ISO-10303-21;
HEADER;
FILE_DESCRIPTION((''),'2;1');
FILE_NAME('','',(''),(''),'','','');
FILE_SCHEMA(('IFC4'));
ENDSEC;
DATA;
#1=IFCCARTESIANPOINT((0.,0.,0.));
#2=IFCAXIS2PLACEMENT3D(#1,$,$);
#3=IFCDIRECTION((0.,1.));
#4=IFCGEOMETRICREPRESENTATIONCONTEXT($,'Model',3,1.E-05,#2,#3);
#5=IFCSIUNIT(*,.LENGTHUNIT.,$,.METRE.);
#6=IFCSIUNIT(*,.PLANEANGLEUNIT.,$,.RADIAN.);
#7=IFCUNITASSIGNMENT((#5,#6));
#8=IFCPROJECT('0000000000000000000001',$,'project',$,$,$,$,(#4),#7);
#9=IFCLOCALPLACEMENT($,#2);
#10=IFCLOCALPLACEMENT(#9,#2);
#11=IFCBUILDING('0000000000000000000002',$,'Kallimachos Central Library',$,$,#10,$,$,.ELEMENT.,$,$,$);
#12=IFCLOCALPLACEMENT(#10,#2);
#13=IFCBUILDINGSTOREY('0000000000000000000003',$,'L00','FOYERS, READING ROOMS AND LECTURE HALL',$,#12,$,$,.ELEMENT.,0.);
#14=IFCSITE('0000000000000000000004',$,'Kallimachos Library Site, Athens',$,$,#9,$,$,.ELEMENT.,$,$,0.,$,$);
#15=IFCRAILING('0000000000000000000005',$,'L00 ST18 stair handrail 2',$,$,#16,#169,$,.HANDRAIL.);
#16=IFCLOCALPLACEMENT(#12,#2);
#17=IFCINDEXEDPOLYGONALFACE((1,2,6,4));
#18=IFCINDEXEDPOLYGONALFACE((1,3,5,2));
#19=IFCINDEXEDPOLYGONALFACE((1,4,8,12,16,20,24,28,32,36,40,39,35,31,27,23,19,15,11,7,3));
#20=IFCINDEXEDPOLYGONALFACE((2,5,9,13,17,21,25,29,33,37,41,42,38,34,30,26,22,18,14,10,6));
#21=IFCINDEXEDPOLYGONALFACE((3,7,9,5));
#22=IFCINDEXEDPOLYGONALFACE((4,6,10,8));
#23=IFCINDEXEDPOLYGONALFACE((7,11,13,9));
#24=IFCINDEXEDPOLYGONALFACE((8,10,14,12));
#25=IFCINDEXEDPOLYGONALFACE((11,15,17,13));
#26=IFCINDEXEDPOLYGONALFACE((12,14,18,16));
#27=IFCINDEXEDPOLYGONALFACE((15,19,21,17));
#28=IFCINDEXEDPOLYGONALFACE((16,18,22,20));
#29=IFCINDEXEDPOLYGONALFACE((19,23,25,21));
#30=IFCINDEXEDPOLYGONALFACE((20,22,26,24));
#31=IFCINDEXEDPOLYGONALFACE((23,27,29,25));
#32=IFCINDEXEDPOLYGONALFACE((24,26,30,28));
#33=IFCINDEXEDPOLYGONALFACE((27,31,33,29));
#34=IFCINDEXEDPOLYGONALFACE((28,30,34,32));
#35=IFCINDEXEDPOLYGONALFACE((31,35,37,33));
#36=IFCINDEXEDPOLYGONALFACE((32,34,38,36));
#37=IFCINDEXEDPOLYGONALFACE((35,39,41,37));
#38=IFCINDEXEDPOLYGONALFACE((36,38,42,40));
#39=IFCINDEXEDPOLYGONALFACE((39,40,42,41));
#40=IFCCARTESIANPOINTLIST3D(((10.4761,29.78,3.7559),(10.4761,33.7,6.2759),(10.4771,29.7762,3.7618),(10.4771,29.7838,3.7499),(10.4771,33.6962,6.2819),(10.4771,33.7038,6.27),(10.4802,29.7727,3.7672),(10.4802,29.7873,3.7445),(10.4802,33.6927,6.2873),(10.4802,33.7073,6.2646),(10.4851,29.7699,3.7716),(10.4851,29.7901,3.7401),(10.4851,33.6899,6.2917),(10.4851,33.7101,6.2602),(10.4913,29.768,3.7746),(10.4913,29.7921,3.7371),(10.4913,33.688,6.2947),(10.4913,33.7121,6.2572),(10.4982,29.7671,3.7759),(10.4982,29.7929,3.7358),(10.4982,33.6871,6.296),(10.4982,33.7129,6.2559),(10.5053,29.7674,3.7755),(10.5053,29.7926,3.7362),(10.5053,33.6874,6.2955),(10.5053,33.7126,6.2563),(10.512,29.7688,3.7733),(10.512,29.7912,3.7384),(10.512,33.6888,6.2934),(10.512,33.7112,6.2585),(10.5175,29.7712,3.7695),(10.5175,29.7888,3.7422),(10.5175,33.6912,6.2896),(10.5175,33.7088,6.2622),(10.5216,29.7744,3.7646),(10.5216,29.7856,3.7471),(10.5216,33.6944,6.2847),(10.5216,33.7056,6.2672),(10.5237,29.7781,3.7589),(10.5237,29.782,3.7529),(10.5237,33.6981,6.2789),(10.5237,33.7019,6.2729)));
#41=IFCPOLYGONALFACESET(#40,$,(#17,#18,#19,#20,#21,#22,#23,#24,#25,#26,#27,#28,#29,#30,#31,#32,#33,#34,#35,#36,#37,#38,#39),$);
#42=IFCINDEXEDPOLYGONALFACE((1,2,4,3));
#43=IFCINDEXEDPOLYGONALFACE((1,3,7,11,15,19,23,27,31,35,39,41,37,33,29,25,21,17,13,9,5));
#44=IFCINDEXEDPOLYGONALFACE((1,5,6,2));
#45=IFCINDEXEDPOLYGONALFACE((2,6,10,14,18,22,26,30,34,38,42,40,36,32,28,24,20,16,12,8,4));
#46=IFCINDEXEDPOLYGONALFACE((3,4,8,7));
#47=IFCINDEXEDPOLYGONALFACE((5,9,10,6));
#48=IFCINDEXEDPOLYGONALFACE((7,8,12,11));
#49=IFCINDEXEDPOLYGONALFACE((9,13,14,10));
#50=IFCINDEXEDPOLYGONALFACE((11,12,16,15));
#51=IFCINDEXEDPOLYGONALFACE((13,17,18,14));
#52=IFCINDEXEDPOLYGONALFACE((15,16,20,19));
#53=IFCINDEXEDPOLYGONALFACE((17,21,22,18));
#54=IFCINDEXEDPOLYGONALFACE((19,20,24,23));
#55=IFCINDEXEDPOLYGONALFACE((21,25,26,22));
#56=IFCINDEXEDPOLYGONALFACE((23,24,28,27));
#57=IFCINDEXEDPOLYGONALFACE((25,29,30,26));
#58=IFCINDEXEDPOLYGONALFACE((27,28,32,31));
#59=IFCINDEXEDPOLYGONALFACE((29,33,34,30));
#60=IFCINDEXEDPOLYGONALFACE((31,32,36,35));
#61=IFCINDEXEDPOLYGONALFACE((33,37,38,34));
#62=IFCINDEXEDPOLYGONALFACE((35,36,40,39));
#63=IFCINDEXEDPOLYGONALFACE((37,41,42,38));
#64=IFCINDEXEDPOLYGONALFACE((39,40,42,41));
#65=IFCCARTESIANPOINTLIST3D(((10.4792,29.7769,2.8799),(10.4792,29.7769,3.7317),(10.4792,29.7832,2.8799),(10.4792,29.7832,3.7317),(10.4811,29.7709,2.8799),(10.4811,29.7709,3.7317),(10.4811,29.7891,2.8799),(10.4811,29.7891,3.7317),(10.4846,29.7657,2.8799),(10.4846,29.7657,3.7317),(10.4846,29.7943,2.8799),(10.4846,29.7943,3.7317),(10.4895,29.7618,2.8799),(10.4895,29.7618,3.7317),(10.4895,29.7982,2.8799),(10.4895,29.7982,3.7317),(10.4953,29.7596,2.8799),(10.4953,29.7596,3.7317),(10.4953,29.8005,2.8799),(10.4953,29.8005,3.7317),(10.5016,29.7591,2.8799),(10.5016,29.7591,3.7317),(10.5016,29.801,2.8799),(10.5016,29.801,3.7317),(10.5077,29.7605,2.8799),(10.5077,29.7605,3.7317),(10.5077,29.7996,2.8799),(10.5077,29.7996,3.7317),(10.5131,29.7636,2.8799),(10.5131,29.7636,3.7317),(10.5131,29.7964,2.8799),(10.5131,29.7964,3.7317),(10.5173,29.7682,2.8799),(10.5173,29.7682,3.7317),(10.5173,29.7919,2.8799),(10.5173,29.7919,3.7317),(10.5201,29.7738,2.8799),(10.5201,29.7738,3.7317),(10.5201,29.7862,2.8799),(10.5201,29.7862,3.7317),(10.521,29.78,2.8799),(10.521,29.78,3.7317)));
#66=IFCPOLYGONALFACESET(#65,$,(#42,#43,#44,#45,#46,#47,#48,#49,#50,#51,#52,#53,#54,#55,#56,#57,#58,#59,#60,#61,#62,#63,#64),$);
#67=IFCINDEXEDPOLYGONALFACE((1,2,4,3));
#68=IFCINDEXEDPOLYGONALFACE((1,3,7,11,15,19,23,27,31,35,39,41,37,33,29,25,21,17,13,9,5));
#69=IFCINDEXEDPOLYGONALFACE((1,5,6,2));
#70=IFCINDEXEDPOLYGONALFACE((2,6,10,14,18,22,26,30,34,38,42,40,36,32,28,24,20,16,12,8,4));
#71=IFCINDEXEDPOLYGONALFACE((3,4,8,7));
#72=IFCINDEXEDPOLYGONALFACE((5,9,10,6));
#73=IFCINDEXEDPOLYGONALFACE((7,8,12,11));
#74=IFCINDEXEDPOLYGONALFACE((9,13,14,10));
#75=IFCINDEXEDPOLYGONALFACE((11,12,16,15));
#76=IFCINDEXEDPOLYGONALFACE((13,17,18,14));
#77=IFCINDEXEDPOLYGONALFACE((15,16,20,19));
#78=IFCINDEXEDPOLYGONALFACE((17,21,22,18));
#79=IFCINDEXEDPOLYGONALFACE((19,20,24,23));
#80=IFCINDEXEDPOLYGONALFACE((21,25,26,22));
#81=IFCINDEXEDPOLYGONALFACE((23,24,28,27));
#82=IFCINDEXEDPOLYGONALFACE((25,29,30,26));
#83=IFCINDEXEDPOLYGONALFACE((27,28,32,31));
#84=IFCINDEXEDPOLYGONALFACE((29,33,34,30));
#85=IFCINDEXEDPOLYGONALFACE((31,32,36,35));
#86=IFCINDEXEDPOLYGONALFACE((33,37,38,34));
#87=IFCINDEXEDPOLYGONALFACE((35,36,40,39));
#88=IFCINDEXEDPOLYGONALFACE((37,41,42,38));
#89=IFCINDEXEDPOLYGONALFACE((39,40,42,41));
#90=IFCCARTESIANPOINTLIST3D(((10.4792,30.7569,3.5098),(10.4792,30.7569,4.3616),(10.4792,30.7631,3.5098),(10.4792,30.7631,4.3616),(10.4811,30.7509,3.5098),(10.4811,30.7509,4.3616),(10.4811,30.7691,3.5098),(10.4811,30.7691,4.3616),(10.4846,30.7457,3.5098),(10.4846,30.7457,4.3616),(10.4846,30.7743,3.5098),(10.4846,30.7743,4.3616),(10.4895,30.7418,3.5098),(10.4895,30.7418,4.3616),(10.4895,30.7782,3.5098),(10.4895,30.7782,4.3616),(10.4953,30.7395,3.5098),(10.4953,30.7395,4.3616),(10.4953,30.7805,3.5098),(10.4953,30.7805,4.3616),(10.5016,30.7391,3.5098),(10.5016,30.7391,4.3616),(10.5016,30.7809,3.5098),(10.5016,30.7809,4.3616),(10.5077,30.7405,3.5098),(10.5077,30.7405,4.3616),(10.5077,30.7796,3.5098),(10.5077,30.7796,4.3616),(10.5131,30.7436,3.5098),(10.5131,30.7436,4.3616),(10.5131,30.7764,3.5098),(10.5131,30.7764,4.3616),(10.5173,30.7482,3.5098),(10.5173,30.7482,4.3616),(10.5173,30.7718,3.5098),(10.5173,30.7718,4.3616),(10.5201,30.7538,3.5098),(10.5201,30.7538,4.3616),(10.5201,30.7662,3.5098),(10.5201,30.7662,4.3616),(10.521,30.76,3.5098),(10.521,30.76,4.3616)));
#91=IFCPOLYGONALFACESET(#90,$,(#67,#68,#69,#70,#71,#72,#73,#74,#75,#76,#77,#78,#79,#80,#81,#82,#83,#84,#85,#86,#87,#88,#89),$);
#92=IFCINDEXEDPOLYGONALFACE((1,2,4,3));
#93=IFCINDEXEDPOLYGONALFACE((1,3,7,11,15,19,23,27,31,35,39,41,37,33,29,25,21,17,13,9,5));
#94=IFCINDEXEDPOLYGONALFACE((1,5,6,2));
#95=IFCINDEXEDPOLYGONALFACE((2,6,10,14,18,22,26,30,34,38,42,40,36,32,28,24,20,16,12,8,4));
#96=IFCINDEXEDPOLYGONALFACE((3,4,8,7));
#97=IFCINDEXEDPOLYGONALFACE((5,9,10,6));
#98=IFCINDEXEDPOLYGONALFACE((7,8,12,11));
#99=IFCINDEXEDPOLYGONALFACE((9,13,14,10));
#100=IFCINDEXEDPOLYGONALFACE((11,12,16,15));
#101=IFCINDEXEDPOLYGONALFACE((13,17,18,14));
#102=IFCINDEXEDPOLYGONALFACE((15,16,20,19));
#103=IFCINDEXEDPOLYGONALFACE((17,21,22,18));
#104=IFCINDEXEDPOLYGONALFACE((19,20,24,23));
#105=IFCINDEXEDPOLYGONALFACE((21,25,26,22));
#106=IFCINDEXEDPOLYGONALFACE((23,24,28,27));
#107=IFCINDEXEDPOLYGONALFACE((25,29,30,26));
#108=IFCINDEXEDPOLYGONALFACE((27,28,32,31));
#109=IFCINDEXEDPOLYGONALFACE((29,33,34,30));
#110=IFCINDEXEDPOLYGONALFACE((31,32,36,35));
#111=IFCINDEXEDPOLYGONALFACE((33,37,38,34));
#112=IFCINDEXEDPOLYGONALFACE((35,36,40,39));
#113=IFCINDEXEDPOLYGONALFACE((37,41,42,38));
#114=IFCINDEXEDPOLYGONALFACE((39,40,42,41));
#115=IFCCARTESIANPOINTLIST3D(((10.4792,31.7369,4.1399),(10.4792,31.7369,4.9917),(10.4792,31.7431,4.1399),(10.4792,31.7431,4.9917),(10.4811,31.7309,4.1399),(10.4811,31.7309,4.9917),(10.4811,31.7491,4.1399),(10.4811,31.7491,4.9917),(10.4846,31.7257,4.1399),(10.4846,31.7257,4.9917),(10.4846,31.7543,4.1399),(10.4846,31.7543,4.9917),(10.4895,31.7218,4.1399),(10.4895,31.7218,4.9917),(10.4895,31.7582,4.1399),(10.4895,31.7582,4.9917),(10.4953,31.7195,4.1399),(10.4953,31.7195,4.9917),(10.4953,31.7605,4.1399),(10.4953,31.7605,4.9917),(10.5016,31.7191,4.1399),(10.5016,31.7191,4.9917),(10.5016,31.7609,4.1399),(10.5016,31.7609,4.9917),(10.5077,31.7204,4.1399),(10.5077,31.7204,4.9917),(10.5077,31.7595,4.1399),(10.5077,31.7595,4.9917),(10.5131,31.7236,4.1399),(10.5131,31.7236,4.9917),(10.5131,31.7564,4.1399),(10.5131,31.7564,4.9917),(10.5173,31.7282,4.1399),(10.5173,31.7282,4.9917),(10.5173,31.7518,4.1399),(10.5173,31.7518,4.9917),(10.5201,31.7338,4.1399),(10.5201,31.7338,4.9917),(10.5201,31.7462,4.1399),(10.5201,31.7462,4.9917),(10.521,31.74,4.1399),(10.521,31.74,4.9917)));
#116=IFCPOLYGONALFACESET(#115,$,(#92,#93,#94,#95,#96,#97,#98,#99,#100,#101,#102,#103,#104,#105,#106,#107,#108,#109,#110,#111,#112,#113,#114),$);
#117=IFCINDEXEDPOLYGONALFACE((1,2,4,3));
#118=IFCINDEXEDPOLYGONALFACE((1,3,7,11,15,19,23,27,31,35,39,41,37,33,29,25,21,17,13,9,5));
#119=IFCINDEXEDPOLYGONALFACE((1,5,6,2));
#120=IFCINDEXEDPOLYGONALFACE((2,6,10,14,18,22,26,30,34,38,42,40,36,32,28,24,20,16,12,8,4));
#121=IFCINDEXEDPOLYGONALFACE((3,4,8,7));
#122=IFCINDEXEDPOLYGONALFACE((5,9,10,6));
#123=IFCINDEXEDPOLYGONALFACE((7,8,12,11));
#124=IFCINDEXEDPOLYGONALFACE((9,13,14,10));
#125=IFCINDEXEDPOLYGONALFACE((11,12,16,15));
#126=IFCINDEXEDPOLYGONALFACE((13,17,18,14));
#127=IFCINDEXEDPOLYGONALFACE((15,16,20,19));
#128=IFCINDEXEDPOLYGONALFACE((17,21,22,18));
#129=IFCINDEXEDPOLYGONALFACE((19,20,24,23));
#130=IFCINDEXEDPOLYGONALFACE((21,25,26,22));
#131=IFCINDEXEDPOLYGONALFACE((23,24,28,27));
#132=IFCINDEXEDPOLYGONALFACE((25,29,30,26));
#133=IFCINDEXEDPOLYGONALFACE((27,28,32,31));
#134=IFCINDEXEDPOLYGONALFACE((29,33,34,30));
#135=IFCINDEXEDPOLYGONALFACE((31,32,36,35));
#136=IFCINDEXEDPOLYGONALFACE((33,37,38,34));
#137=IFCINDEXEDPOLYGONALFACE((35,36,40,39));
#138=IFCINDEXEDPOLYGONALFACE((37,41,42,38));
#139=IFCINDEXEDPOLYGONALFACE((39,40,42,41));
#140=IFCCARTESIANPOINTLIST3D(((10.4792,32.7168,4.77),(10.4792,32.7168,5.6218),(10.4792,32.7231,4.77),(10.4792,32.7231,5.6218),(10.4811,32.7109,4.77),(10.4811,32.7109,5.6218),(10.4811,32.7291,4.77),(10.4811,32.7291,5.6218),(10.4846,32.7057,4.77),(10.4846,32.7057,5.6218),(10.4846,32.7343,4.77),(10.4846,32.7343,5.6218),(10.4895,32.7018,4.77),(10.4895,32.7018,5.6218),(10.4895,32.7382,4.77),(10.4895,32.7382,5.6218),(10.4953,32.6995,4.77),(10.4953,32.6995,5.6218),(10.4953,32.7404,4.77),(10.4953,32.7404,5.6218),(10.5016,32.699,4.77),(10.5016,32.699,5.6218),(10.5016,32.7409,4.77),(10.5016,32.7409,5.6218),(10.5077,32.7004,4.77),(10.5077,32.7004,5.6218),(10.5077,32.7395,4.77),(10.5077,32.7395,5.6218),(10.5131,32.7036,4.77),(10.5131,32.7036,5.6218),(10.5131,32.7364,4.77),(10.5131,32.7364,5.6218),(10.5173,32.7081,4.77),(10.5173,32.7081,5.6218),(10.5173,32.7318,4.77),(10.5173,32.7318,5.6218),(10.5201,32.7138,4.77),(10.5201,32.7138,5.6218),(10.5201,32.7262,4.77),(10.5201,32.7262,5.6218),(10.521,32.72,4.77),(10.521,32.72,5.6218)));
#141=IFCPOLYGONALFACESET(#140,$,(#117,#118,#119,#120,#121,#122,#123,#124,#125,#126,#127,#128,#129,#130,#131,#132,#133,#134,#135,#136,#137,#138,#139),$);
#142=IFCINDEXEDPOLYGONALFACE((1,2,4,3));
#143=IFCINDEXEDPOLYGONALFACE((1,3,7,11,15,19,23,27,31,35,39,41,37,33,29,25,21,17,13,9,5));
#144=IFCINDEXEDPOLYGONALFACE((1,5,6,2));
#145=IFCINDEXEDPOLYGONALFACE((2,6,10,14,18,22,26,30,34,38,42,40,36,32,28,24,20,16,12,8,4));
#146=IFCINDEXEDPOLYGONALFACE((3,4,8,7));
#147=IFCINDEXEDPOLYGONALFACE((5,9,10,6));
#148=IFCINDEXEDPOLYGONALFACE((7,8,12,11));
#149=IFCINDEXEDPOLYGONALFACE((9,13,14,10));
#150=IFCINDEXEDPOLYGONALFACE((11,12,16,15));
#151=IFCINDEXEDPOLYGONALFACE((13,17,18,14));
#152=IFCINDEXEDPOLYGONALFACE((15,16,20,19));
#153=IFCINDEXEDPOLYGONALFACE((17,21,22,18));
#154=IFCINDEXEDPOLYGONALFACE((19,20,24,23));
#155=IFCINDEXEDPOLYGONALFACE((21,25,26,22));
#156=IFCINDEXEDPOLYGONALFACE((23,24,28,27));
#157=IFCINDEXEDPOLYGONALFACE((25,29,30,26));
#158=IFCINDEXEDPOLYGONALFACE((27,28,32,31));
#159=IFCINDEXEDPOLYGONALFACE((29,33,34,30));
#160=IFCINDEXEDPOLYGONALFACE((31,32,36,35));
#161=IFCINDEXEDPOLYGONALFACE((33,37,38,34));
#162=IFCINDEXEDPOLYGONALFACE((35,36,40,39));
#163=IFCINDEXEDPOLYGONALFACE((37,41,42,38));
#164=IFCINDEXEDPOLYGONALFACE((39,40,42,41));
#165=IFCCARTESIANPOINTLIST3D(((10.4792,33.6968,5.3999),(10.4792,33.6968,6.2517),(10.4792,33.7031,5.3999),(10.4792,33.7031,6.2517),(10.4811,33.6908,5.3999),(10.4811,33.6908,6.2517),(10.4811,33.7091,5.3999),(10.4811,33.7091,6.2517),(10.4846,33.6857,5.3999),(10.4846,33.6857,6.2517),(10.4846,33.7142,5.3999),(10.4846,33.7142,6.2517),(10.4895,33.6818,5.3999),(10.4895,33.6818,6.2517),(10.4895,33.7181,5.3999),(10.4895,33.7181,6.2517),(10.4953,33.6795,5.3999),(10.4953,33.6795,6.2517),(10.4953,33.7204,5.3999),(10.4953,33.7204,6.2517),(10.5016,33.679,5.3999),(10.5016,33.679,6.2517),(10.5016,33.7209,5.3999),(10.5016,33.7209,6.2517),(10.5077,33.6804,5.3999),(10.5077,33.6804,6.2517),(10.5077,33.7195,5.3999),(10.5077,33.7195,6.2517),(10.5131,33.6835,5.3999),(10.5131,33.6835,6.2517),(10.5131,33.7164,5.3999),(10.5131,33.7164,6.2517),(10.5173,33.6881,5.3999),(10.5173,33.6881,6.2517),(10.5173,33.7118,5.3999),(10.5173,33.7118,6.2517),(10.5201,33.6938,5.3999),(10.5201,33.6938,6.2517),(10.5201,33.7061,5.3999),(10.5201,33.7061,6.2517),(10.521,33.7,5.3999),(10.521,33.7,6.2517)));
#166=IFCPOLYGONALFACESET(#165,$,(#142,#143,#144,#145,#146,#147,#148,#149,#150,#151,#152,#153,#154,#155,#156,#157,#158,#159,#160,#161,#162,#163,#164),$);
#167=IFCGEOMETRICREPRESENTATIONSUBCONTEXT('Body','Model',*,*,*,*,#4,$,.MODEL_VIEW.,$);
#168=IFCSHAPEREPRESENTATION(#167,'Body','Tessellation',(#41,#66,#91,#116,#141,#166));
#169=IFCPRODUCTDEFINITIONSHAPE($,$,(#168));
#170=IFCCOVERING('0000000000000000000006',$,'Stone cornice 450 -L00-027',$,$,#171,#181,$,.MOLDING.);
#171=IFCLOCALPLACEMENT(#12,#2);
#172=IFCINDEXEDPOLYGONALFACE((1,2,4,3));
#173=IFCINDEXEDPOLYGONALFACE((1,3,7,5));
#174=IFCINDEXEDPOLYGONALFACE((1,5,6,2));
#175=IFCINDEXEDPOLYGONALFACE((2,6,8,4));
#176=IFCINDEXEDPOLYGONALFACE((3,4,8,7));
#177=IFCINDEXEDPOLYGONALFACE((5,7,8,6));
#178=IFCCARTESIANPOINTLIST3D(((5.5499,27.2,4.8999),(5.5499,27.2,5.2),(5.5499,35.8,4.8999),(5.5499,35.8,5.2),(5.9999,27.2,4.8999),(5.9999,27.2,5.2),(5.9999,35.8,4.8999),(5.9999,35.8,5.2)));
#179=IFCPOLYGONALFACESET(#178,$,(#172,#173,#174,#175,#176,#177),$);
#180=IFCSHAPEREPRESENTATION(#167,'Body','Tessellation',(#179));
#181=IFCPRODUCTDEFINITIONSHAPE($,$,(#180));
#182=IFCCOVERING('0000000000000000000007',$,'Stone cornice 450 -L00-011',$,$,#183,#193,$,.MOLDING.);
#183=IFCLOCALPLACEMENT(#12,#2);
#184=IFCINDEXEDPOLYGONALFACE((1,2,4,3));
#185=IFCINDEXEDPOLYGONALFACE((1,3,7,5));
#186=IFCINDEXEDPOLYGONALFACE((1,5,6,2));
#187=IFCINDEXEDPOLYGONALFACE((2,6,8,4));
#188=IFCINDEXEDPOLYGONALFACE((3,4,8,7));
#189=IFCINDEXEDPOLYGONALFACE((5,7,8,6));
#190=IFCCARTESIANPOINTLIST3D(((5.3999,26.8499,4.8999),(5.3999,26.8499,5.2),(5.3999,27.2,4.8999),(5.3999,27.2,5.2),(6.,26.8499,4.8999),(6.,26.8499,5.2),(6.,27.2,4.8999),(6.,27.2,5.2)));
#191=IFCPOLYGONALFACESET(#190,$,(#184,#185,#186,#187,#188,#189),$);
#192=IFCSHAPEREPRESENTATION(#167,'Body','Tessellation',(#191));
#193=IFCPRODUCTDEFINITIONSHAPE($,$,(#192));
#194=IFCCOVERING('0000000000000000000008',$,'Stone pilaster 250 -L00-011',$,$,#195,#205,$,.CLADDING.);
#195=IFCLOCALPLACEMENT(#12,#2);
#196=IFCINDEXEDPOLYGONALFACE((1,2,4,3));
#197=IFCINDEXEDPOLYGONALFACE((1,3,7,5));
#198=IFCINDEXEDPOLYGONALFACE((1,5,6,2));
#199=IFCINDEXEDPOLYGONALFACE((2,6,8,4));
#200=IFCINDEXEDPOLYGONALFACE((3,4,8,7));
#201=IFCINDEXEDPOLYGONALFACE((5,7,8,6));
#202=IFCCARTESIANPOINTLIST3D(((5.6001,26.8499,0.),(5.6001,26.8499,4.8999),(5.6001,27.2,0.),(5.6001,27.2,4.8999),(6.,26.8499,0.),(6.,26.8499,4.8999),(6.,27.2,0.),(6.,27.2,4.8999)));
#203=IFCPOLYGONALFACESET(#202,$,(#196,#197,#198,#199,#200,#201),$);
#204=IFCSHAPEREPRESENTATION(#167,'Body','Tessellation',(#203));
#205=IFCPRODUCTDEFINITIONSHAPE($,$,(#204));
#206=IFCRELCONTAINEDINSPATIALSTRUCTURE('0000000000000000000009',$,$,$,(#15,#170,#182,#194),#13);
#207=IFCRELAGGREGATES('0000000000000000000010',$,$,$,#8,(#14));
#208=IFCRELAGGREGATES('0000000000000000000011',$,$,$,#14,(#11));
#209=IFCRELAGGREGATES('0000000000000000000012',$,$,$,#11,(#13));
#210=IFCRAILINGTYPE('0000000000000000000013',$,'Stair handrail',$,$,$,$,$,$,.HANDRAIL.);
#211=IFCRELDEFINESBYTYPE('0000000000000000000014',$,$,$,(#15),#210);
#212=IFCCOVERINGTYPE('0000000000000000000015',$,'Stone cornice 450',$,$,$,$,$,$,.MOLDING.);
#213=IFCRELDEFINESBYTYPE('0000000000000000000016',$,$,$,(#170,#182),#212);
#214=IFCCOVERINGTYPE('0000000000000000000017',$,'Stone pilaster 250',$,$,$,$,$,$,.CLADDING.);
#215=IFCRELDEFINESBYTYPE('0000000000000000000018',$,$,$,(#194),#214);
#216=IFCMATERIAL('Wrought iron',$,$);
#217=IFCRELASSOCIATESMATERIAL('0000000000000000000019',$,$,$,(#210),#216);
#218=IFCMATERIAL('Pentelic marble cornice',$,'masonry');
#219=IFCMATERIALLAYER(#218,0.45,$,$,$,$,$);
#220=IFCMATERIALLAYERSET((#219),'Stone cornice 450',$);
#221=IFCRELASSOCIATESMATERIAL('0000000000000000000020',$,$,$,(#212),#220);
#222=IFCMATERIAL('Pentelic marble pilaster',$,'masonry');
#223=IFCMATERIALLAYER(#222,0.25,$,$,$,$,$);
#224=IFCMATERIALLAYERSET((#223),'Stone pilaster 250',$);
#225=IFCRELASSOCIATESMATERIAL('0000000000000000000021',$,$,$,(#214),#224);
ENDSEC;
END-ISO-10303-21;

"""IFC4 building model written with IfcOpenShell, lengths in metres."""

from ifc_helpers import new_model, si_unit, direction, frame, origin, origin_2d, place, context, subcontext, project, spatial, rectangle, circle, extrude, material, layer, layer_set, type_object, element, save


model = new_model("IFC4")

# Units and contexts
model_context = context("Model", 3, precision=1e-05, world=origin(), true_north=direction((0.0, 1.0)))
body_context = subcontext(model_context, "Body", "Model", "MODEL_VIEW")
ifc_project = project(units=[si_unit("LENGTHUNIT", "METRE"), si_unit("PLANEANGLEUNIT", "RADIAN")], contexts=[model_context])

# Site, building, storey
site_placement = place(None, origin())
site = spatial("IfcSite", under=ifc_project, at=site_placement, Name="Kallimachos Library Site, Athens", CompositionType="ELEMENT", RefElevation=0.0)
building_placement = place(site_placement, origin())
building = spatial("IfcBuilding", under=site, at=building_placement, Name="Kallimachos Central Library", CompositionType="ELEMENT")
storey_placement = place(building_placement, origin())
storey = spatial("IfcBuildingStorey", under=building, at=storey_placement, Name="L00", Description="FOYERS, READING ROOMS AND LECTURE HALL", CompositionType="ELEMENT", Elevation=0.0)

# Railing
ifc_material_1 = material(Name="Wrought iron")
railing_type_1 = type_object("IfcRailingType", Name="Stair handrail", PredefinedType="HANDRAIL", material=ifc_material_1)
railing_1_placement = place(storey_placement, frame((10.5, 29.78, 2.8799)))
element("IfcRailing", 1, at=railing_1_placement, inside=storey, type_object=railing_type_1, Name="L00 ST18 stair handrail 2", PredefinedType="HANDRAIL", context=body_context, shape_type="SweptSolid", body=[
    extrude(circle(Radius=0.0239, at=origin_2d()), frame((0.0, 0.0, 0.876), z_axis=(0.0, 0.841172, 0.540768), x_axis=(-1.0, 0.0, 0.0)), (0.0, 0.0, 1.0), 4.6602),
    extrude(circle(Radius=0.021, at=origin_2d()), origin(), (0.0, 0.0, 1.0), 0.8518),
    extrude(circle(Radius=0.021, at=origin_2d()), frame((0.0, 0.98, 0.6299)), (0.0, 0.0, 1.0), 0.8518),
    extrude(circle(Radius=0.021, at=origin_2d()), frame((0.0, 1.96, 1.26)), (0.0, 0.0, 1.0), 0.8518),
    extrude(circle(Radius=0.021, at=origin_2d()), frame((0.0, 2.9399, 1.8901)), (0.0, 0.0, 1.0), 0.8518),
    extrude(circle(Radius=0.021, at=origin_2d()), frame((0.0, 3.9199, 2.52)), (0.0, 0.0, 1.0), 0.8518),
])

# Coverings
ifc_material_2 = material(Name="Pentelic marble cornice", Category="masonry")
ifc_layer_1 = layer(ifc_material_2, 0.45)
ifc_layer_set_1 = layer_set([ifc_layer_1], Name="Stone cornice 450")
covering_type_1 = type_object("IfcCoveringType", Name="Stone cornice 450", PredefinedType="MOLDING", material=ifc_layer_set_1)
covering_1_placement = place(storey_placement, frame((5.7749, 31.5, 4.8999), z_axis=(0.0, 0.0, 1.0), x_axis=(1.0, 0.0, 0.0)))
element("IfcCovering", 2, at=covering_1_placement, inside=storey, type_object=covering_type_1, Name="Stone cornice 450 -L00-027", PredefinedType="MOLDING", context=body_context, shape_type="SweptSolid", body=[
    extrude(rectangle(XDim=0.45, YDim=8.6001, at=origin_2d()), origin(), (0.0, 0.0, 1.0), 0.3),
])
covering_2_placement = place(storey_placement, frame((5.7, 27.0249, 4.8999), z_axis=(0.0, 0.0, 1.0), x_axis=(1.0, 0.0, 0.0)))
element("IfcCovering", 3, at=covering_2_placement, inside=storey, type_object=covering_type_1, Name="Stone cornice 450 -L00-011", PredefinedType="MOLDING", context=body_context, shape_type="SweptSolid", body=[
    extrude(rectangle(XDim=0.6001, YDim=0.3501, at=origin_2d()), origin(), (0.0, 0.0, 1.0), 0.3),
])
ifc_material_3 = material(Name="Pentelic marble pilaster", Category="masonry")
ifc_layer_2 = layer(ifc_material_3, 0.25)
ifc_layer_set_2 = layer_set([ifc_layer_2], Name="Stone pilaster 250")
covering_type_2 = type_object("IfcCoveringType", Name="Stone pilaster 250", PredefinedType="CLADDING", material=ifc_layer_set_2)
covering_3_placement = place(storey_placement, frame((5.8, 27.0249, 0.0), z_axis=(0.0, 0.0, 1.0), x_axis=(1.0, 0.0, 0.0)))
element("IfcCovering", 4, at=covering_3_placement, inside=storey, type_object=covering_type_2, Name="Stone pilaster 250 -L00-011", PredefinedType="CLADDING", context=body_context, shape_type="SweptSolid", body=[
    extrude(rectangle(XDim=0.3999, YDim=0.3501, at=origin_2d()), origin(), (0.0, 0.0, 1.0), 4.8999),
])

save(model, "model.ifc")
